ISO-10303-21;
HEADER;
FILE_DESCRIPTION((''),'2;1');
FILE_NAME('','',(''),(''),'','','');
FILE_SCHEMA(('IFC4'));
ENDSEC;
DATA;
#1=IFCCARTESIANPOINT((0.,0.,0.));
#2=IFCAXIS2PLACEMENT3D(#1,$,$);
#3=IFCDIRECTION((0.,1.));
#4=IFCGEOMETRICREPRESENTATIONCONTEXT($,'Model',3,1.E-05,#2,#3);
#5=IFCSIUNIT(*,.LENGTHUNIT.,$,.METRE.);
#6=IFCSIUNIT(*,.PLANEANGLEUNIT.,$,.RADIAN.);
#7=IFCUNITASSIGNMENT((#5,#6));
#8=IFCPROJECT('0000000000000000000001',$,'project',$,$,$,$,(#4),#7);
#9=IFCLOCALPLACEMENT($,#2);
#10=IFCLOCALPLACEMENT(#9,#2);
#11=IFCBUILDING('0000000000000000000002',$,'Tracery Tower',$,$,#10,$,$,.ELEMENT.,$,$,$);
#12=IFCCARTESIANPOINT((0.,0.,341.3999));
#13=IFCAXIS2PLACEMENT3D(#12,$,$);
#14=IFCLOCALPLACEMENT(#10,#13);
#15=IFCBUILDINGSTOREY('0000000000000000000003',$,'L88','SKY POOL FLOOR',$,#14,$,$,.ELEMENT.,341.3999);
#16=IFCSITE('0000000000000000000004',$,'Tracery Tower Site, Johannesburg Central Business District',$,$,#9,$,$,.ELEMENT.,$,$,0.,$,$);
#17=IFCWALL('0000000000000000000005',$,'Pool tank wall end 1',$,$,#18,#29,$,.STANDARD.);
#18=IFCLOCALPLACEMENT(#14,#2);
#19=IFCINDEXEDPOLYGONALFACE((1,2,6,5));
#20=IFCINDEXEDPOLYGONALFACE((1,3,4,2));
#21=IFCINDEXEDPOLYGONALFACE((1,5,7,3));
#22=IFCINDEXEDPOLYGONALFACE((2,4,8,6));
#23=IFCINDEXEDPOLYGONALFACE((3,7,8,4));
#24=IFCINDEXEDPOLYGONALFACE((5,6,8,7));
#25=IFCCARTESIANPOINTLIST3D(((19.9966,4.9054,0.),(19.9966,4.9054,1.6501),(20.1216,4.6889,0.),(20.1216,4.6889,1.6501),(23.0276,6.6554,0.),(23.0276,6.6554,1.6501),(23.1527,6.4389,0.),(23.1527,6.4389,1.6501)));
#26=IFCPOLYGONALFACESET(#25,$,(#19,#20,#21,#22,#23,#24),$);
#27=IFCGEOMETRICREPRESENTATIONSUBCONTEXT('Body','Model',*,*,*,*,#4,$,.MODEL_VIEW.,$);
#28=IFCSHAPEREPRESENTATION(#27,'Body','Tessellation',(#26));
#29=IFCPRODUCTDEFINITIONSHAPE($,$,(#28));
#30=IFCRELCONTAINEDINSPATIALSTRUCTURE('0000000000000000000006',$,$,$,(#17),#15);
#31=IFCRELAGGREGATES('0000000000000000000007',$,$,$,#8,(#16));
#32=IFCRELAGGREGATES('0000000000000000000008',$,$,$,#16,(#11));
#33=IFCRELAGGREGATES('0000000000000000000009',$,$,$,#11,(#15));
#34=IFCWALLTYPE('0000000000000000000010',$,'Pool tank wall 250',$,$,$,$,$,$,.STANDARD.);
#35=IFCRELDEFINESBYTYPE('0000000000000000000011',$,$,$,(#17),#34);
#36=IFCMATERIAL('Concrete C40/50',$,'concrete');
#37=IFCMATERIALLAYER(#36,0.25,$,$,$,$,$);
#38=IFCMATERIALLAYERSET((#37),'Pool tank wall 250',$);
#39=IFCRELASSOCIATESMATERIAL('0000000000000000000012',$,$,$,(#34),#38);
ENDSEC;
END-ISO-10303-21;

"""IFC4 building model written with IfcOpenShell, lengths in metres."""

from ifc_helpers import new_model, si_unit, direction, frame, frame_2d, origin, place, context, subcontext, project, spatial, rectangle, extrude, material, layer, layer_set, type_object, element, save


model = new_model("IFC4")

# Units and contexts
model_context = context("Model", 3, precision=1e-05, world=origin(), true_north=direction((0.0, 1.0)))
body_context = subcontext(model_context, "Body", "Model", "MODEL_VIEW")
ifc_project = project(units=[si_unit("LENGTHUNIT", "METRE"), si_unit("PLANEANGLEUNIT", "RADIAN")], contexts=[model_context])

# Site, building, storey
site_placement = place(None, origin())
site = spatial("IfcSite", under=ifc_project, at=site_placement, Name="Tracery Tower Site, Johannesburg Central Business District", CompositionType="ELEMENT", RefElevation=0.0)
building_placement = place(site_placement, origin())
building = spatial("IfcBuilding", under=site, at=building_placement, Name="Tracery Tower", CompositionType="ELEMENT")
storey_placement = place(building_placement, frame((0.0, 0.0, 341.3999)))
storey = spatial("IfcBuildingStorey", under=building, at=storey_placement, Name="L88", Description="SKY POOL FLOOR", CompositionType="ELEMENT", Elevation=341.3999)

# Wall
ifc_material_1 = material(Name="Concrete C40/50", Category="concrete")
ifc_layer_1 = layer(ifc_material_1, 0.25)
ifc_layer_set_1 = layer_set([ifc_layer_1], Name="Pool tank wall 250")
wall_type_1 = type_object("IfcWallType", Name="Pool tank wall 250", PredefinedType="STANDARD", material=ifc_layer_set_1)
wall_1_placement = place(storey_placement, frame((20.0591, 4.7971, 0.0), z_axis=(0.0, 0.0, 1.0), x_axis=(0.866019, 0.50001, 0.0)))
element("IfcWall", 1, at=wall_1_placement, inside=storey, type_object=wall_type_1, Name="Pool tank wall end 1", PredefinedType="STANDARD", context=body_context, shape_type="SweptSolid", body=[
    extrude(rectangle(XDim=3.5, YDim=0.25, at=frame_2d((1.75, 0.0))), origin(), (0.0, 0.0, 1.0), 1.6501),
])

save(model, "model.ifc")
